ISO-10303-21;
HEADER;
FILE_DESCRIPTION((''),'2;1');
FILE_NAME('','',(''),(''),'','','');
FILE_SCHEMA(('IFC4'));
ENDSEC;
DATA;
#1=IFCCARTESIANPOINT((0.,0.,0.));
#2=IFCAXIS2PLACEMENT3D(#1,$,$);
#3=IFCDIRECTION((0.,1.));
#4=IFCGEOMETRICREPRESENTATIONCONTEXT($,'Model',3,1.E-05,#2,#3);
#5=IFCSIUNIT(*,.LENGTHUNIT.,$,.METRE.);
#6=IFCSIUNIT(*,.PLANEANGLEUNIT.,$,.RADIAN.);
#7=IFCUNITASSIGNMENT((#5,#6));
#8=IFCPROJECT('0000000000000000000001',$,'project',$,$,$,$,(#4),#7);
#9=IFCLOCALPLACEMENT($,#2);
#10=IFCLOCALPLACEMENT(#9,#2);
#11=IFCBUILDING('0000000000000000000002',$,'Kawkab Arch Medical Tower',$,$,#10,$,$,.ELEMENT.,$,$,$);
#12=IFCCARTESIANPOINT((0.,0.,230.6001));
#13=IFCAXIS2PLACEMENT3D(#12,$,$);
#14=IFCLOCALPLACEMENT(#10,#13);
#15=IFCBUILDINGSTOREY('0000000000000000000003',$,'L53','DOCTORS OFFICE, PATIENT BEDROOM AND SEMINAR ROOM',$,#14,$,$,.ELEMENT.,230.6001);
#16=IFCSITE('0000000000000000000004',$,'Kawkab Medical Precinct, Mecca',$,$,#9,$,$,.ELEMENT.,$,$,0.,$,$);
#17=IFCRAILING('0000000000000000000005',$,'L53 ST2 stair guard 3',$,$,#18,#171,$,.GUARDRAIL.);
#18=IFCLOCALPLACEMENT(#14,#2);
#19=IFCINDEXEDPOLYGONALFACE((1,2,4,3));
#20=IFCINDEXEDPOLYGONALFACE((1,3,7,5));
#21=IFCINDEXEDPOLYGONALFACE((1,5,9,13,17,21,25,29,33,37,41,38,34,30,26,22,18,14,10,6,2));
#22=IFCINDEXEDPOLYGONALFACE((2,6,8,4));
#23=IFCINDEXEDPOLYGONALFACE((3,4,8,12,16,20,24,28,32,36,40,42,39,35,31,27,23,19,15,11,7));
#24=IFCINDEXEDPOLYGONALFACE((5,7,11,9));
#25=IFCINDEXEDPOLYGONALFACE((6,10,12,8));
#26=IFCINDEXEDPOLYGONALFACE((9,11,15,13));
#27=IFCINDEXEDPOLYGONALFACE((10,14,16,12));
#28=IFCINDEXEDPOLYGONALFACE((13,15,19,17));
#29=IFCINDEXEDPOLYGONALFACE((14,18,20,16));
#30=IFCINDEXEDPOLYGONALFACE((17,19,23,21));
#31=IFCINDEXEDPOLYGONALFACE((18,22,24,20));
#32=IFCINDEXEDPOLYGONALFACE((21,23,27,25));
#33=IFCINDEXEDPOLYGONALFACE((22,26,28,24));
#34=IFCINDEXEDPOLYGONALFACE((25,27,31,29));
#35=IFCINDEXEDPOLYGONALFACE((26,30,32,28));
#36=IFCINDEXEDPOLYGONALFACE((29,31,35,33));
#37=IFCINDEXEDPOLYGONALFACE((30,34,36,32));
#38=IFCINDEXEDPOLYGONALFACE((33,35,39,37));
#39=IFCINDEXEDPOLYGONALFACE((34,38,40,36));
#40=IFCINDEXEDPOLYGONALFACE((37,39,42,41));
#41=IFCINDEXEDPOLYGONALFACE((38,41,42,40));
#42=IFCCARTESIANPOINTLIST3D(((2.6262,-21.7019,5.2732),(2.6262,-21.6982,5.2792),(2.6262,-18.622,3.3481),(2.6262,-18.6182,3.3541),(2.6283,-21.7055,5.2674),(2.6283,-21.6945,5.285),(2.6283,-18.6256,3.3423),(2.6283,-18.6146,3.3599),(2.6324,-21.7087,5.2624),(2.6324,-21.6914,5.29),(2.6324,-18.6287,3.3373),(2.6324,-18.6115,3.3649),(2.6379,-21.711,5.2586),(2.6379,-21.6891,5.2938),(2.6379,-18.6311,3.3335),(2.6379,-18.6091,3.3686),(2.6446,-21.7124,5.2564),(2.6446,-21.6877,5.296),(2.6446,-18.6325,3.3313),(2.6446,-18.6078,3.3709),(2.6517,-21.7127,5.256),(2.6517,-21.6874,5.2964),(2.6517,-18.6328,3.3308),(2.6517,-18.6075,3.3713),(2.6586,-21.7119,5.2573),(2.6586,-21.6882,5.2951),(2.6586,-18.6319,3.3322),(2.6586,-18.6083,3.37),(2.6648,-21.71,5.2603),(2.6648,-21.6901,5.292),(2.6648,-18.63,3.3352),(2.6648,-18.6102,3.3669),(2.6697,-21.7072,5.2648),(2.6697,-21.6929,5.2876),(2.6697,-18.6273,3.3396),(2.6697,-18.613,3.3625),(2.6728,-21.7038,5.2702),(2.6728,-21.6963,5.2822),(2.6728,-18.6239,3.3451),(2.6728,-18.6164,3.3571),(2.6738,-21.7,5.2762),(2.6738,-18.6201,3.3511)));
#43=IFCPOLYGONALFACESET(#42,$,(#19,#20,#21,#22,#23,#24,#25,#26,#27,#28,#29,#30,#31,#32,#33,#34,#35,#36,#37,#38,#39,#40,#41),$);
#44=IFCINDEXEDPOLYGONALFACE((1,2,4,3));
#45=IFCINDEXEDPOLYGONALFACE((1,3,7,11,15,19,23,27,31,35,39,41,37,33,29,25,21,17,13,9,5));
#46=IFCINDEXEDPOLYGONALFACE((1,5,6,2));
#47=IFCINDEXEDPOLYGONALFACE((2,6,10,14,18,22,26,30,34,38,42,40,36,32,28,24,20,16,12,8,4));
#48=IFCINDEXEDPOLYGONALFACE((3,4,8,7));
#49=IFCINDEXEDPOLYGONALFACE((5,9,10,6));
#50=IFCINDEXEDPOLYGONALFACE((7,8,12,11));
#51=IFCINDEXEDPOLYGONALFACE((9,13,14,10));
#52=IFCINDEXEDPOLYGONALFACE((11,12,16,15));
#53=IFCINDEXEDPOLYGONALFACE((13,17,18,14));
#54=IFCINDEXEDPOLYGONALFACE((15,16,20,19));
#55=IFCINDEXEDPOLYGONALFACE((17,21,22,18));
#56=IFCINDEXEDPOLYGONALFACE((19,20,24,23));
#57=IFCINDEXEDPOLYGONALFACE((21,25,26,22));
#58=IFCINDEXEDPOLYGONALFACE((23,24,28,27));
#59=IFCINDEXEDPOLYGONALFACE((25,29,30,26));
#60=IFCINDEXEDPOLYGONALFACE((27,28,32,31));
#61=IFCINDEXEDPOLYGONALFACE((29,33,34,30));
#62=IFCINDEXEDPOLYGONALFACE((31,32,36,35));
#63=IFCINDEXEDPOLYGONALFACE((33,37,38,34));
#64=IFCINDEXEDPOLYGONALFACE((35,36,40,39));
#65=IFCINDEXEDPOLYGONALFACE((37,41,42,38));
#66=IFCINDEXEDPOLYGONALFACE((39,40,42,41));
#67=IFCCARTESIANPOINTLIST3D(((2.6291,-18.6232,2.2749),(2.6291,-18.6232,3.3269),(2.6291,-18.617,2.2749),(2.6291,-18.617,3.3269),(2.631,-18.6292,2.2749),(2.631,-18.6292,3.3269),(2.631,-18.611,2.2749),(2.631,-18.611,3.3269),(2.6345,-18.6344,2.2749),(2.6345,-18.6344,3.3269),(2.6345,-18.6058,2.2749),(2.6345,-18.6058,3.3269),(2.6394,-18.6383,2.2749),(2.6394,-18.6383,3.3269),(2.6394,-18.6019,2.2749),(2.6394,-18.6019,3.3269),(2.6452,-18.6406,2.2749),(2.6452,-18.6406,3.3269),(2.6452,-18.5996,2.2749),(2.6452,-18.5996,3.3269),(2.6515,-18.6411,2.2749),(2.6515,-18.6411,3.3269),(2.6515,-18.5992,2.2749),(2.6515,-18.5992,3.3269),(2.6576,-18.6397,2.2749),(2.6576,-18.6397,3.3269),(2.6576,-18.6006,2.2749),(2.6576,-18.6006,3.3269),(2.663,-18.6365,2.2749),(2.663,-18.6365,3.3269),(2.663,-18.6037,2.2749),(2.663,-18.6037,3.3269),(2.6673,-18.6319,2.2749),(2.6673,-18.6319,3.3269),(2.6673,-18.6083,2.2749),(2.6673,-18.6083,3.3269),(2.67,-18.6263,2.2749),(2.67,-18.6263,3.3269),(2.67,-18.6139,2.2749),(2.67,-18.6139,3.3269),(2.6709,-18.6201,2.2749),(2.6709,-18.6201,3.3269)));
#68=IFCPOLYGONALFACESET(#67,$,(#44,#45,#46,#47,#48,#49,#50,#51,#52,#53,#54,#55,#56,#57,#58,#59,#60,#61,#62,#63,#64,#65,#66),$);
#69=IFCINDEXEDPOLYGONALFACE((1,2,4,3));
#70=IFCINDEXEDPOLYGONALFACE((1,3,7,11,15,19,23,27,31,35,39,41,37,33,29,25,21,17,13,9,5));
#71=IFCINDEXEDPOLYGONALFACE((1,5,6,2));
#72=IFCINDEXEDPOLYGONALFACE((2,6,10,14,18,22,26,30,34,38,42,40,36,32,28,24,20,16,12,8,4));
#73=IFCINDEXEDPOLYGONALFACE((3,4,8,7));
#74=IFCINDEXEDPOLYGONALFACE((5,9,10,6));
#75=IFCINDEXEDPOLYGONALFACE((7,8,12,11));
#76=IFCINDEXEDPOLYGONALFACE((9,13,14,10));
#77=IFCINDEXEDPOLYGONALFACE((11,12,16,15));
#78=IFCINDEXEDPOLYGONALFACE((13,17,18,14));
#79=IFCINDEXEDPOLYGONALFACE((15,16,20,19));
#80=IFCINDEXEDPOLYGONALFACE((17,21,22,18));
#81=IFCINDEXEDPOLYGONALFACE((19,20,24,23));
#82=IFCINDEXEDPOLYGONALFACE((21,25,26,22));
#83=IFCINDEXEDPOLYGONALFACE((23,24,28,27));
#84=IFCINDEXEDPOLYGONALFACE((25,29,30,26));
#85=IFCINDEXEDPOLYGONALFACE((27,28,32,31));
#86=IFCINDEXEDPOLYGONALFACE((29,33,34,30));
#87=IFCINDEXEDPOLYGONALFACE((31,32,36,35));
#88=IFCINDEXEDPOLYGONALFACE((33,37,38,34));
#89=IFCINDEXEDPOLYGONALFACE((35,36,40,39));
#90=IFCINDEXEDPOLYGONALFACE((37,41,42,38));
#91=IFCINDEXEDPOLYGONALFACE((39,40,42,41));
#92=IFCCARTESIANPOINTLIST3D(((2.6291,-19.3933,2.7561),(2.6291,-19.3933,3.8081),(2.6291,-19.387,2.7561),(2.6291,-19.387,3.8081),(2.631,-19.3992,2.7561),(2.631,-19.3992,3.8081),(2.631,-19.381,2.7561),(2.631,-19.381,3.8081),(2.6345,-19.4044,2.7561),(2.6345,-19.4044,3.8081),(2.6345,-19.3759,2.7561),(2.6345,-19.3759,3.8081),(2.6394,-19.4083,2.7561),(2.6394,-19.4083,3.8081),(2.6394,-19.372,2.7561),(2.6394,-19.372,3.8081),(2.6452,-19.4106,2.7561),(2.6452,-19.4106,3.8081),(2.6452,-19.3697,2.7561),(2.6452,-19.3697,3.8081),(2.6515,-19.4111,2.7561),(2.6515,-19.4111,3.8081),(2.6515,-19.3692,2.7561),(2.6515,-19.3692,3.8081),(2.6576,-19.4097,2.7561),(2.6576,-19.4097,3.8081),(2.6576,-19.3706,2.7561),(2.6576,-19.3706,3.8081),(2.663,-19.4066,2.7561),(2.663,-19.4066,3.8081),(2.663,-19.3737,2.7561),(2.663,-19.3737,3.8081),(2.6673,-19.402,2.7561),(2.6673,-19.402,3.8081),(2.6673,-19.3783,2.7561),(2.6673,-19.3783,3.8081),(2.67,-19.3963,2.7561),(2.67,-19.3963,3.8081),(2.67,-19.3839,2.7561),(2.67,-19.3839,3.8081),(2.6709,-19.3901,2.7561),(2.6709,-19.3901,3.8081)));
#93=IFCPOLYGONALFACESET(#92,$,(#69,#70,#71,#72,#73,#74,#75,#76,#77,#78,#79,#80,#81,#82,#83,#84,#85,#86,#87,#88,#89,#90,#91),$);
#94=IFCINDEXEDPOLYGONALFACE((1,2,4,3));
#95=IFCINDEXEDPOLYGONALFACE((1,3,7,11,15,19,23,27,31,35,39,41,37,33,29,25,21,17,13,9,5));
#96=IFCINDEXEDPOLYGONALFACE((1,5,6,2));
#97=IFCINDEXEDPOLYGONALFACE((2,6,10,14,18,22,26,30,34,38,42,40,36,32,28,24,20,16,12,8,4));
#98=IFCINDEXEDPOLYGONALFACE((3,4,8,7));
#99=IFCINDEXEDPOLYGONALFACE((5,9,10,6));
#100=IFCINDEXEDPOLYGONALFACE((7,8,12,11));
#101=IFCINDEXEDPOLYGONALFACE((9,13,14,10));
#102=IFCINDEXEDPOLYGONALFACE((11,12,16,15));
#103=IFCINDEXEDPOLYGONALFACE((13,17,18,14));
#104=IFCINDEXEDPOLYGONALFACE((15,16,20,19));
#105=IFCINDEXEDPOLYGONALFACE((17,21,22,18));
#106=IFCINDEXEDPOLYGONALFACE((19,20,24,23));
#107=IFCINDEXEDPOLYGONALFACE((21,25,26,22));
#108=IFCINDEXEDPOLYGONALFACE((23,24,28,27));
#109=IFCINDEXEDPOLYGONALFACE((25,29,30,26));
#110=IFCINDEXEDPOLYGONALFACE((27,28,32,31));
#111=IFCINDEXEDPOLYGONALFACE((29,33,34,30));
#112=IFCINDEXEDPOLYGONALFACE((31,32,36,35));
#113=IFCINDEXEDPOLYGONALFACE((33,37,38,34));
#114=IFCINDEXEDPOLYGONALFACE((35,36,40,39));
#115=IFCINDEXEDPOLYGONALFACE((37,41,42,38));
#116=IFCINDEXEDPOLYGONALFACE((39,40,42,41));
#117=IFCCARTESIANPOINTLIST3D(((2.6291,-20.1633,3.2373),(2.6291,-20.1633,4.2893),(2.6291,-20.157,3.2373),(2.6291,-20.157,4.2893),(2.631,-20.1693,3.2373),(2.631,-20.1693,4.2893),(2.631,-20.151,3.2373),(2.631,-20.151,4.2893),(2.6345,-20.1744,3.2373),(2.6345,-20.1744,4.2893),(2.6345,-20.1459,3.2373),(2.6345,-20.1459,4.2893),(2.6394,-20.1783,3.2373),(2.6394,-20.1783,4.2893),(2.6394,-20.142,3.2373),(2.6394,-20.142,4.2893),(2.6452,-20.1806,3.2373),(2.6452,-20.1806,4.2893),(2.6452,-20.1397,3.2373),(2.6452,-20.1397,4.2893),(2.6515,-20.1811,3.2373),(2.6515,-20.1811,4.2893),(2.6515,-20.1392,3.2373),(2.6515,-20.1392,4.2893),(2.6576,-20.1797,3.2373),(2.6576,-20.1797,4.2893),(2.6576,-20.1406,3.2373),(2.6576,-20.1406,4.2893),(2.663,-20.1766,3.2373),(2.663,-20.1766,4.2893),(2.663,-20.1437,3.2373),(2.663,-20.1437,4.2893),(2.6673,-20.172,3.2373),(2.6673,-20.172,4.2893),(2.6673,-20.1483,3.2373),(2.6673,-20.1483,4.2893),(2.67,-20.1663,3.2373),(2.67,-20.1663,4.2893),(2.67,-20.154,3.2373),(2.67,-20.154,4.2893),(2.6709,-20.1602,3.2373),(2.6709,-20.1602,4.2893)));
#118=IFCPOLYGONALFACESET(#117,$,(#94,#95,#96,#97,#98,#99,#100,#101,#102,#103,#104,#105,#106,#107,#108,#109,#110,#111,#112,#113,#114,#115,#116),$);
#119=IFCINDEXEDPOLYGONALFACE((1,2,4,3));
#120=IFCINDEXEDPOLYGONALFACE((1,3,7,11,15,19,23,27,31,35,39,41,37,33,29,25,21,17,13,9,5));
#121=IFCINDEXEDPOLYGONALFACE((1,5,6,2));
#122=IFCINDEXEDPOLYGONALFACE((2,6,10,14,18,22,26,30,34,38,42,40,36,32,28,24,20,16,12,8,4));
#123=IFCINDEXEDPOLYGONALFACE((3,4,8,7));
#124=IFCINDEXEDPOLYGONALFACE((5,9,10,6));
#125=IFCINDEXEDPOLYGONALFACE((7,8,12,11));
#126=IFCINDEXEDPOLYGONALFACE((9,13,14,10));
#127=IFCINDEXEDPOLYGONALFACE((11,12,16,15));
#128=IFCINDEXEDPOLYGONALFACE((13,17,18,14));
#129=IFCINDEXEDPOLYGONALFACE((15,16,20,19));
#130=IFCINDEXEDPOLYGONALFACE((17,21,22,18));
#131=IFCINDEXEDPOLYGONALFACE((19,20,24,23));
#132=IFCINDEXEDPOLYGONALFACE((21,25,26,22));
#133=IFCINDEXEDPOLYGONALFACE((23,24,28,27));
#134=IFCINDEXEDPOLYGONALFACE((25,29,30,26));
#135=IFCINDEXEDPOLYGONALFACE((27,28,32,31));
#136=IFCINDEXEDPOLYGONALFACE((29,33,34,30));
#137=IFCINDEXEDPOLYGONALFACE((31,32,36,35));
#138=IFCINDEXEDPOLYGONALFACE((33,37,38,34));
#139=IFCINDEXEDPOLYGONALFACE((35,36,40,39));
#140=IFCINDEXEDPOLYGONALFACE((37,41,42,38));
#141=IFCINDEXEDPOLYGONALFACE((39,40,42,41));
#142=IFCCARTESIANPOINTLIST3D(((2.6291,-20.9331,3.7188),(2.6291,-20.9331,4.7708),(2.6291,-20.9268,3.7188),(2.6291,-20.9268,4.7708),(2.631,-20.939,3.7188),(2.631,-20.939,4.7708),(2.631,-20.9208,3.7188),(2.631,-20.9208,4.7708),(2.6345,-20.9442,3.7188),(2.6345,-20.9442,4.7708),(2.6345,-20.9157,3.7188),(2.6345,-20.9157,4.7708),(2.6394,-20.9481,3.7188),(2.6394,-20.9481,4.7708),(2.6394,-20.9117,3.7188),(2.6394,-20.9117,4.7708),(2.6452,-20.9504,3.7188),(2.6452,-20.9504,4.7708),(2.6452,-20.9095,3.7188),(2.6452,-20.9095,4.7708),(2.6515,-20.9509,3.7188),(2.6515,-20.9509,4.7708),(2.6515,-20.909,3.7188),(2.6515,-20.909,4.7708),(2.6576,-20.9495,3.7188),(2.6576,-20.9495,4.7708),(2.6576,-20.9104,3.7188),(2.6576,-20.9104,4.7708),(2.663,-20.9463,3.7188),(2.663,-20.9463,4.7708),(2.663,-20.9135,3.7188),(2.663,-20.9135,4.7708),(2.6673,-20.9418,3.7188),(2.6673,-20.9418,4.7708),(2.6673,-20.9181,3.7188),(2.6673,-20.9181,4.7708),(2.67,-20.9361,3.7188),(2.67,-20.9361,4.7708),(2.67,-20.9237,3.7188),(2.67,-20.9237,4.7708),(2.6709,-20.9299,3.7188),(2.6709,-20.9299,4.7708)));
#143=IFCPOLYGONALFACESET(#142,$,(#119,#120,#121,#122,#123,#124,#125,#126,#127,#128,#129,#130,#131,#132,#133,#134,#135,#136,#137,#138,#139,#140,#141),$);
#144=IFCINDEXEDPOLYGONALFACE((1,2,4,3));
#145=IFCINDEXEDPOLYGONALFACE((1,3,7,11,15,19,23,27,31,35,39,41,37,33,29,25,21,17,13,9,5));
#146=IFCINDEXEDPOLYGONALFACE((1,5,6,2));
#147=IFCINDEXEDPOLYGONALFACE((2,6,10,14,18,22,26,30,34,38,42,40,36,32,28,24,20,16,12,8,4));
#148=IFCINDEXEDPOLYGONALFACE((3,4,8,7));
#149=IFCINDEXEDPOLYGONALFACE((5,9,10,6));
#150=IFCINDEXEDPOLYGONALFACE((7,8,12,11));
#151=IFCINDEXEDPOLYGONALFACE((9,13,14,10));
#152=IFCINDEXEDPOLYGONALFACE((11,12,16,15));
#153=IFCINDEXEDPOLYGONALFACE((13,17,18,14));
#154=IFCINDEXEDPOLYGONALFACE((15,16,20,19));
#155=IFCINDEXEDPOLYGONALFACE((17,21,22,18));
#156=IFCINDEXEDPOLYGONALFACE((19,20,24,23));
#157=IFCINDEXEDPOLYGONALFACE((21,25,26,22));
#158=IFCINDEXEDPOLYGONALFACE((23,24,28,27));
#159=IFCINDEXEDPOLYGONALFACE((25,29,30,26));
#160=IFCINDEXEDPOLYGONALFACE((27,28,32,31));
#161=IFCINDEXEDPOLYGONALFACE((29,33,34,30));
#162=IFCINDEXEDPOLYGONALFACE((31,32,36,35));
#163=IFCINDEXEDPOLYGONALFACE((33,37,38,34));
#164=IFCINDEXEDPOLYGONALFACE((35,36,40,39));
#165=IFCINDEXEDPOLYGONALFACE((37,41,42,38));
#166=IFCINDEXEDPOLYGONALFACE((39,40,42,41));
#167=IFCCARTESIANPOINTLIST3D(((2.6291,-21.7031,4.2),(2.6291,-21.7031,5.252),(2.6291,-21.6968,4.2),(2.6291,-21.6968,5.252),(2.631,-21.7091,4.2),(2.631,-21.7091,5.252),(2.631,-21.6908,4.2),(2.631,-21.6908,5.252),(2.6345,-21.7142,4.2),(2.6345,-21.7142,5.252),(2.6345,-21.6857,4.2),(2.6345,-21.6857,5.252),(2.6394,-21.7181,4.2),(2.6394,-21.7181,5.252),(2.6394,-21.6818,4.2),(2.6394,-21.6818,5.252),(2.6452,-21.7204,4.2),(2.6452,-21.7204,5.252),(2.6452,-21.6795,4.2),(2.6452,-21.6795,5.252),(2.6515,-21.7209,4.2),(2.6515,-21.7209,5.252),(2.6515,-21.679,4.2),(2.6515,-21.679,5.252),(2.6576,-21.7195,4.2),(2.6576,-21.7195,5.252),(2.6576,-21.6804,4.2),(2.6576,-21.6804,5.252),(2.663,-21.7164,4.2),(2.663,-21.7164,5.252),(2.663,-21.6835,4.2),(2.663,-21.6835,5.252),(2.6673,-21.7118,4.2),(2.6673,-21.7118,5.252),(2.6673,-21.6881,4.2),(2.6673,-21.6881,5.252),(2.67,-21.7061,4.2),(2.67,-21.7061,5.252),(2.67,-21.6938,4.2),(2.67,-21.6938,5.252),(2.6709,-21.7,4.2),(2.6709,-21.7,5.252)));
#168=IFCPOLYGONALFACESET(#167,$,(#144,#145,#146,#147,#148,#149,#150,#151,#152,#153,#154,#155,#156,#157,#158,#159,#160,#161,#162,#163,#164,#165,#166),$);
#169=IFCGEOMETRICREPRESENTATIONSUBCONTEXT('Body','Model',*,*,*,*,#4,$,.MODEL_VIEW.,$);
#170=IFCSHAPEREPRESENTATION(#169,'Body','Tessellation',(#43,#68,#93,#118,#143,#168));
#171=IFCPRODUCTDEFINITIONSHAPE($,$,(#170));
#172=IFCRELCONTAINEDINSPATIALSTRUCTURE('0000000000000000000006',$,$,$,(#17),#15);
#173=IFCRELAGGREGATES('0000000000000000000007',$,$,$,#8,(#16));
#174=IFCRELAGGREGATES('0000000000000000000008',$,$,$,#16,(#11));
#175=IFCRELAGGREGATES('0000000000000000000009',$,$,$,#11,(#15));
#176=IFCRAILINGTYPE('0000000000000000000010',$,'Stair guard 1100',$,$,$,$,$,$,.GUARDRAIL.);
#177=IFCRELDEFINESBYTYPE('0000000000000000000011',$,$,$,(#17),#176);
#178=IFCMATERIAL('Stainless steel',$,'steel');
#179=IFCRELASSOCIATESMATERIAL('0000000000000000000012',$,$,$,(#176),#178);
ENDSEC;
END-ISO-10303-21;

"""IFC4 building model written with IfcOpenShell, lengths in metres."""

from ifc_helpers import new_model, si_unit, direction, frame, origin, origin_2d, place, context, subcontext, project, spatial, circle, extrude, material, type_object, element, save


model = new_model("IFC4")

# Units and contexts
model_context = context("Model", 3, precision=1e-05, world=origin(), true_north=direction((0.0, 1.0)))
body_context = subcontext(model_context, "Body", "Model", "MODEL_VIEW")
ifc_project = project(units=[si_unit("LENGTHUNIT", "METRE"), si_unit("PLANEANGLEUNIT", "RADIAN")], contexts=[model_context])

# Site, building, storey
site_placement = place(None, origin())
site = spatial("IfcSite", under=ifc_project, at=site_placement, Name="Kawkab Medical Precinct, Mecca", CompositionType="ELEMENT", RefElevation=0.0)
building_placement = place(site_placement, origin())
building = spatial("IfcBuilding", under=site, at=building_placement, Name="Kawkab Arch Medical Tower", CompositionType="ELEMENT")
storey_placement = place(building_placement, frame((0.0, 0.0, 230.6001)))
storey = spatial("IfcBuildingStorey", under=building, at=storey_placement, Name="L53", Description="DOCTORS OFFICE, PATIENT BEDROOM AND SEMINAR ROOM", CompositionType="ELEMENT", Elevation=230.6001)

# Railing
ifc_material_1 = material(Name="Stainless steel", Category="steel")
railing_type = type_object("IfcRailingType", Name="Stair guard 1100", PredefinedType="GUARDRAIL", material=ifc_material_1)
railing_1_placement = place(storey_placement, frame((2.6499, -18.6201, 2.2749)))
element("IfcRailing", 1, at=railing_1_placement, inside=storey, type_object=railing_type, Name="L53 ST2 stair guard 3", PredefinedType="GUARDRAIL", context=body_context, shape_type="SweptSolid", body=[
    extrude(circle(Radius=0.0239, at=origin_2d()), frame((0.0, 0.0, 1.0762), z_axis=(0.0, -0.847979, 0.530029), x_axis=(1.0, 0.0, 0.0)), (0.0, 0.0, 1.0), 3.6321),
    extrude(circle(Radius=0.021, at=origin_2d()), origin(), (0.0, 0.0, 1.0), 1.052),
    extrude(circle(Radius=0.021, at=origin_2d()), frame((0.0, -0.77, 0.4812)), (0.0, 0.0, 1.0), 1.052),
    extrude(circle(Radius=0.021, at=origin_2d()), frame((0.0, -1.54, 0.9624)), (0.0, 0.0, 1.0), 1.052),
    extrude(circle(Radius=0.021, at=origin_2d()), frame((0.0, -2.3098, 1.4438)), (0.0, 0.0, 1.0), 1.052),
    extrude(circle(Radius=0.021, at=origin_2d()), frame((0.0, -3.0798, 1.925)), (0.0, 0.0, 1.0), 1.052),
])

save(model, "model.ifc")
